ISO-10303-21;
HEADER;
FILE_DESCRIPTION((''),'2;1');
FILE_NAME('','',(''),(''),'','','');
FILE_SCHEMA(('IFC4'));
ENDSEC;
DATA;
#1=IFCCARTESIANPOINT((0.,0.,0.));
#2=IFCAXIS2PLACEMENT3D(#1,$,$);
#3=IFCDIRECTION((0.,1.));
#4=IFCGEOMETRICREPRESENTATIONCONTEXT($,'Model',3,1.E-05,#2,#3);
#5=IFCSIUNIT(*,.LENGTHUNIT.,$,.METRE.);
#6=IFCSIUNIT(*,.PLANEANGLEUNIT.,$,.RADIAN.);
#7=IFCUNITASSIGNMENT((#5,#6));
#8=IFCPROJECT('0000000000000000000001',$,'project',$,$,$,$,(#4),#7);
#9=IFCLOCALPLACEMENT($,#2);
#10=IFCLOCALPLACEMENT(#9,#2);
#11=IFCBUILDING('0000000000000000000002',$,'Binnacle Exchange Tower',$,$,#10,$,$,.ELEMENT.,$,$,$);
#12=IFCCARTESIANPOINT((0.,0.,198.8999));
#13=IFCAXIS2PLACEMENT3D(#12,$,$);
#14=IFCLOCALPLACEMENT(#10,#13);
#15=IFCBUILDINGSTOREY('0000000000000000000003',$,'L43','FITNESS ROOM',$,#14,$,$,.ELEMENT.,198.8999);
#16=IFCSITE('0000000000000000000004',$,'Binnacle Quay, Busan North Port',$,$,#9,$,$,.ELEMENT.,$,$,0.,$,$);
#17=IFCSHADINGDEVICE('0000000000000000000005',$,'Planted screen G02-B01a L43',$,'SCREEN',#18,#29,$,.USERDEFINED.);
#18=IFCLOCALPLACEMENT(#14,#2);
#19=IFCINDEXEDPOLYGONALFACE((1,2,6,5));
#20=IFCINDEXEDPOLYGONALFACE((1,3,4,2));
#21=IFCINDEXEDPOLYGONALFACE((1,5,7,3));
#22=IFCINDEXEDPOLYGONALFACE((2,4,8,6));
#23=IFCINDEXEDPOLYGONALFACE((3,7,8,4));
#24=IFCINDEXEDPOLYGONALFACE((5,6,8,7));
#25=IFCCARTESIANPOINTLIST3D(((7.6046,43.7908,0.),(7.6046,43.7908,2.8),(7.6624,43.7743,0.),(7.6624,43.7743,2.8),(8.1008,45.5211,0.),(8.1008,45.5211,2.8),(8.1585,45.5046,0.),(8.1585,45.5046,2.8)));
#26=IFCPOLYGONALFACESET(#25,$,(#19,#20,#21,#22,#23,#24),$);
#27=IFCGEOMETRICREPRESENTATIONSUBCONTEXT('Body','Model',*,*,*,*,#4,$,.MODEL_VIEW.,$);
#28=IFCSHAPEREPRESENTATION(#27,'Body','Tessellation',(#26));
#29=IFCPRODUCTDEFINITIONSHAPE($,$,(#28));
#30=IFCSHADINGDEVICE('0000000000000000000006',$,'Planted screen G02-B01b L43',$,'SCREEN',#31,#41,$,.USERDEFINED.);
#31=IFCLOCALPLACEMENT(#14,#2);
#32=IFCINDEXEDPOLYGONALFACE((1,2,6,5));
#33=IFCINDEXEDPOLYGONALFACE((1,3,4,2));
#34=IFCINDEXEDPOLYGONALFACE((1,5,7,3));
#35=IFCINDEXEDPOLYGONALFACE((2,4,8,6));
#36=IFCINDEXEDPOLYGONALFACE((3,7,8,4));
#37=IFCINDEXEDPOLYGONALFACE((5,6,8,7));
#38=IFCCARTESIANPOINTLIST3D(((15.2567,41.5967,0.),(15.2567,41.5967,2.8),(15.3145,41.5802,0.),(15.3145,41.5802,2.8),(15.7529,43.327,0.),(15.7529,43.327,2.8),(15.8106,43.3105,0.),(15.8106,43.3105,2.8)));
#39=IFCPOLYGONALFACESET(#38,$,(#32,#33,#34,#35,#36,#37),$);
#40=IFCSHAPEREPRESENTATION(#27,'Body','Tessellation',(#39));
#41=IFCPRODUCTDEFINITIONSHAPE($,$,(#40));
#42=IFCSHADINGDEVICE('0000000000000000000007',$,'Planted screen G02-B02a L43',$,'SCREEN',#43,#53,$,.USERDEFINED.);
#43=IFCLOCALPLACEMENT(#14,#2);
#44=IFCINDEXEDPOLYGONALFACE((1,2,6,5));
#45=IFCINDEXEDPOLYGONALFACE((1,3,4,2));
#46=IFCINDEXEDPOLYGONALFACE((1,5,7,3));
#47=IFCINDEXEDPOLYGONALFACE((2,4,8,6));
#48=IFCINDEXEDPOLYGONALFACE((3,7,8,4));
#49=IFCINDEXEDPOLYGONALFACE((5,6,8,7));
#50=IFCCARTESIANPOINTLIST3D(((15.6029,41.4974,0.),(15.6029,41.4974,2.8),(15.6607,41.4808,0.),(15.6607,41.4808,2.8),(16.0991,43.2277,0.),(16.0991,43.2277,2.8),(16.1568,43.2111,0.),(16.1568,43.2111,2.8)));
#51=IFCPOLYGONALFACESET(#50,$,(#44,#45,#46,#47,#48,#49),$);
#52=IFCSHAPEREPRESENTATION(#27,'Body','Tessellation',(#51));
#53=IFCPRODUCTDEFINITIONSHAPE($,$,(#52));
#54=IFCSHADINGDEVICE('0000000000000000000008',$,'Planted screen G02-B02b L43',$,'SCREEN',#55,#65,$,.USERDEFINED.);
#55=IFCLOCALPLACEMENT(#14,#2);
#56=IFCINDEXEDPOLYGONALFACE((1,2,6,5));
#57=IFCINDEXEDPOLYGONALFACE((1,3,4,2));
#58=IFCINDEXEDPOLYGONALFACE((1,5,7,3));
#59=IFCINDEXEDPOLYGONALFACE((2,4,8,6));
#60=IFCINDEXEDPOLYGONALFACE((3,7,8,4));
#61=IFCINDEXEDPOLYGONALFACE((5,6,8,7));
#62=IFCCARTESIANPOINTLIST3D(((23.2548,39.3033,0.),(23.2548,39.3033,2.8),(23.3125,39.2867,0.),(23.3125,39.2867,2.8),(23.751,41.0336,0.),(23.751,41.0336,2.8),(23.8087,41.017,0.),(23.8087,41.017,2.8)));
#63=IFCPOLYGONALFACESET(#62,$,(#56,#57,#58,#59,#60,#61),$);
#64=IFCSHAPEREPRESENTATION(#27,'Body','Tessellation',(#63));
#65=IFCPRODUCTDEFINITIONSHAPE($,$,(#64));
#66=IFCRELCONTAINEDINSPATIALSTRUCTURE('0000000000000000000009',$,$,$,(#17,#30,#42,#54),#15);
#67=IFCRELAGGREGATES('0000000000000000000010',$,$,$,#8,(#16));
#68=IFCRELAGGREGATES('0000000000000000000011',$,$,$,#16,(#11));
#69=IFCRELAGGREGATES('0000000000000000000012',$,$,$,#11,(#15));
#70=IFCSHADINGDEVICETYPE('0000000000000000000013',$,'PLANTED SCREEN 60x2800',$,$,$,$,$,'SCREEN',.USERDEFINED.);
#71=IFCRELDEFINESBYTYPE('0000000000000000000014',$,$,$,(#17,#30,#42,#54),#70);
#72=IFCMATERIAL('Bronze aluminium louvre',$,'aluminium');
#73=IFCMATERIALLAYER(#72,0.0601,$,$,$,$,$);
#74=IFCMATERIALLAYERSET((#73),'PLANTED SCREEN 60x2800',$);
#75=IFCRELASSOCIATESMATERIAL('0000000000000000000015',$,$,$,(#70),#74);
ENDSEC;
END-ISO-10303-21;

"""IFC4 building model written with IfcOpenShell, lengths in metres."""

from ifc_helpers import new_model, si_unit, direction, frame, origin, origin_2d, place, context, subcontext, project, spatial, rectangle, extrude, material, layer, layer_set, type_object, element, save


model = new_model("IFC4")

# Units and contexts
model_context = context("Model", 3, precision=1e-05, world=origin(), true_north=direction((0.0, 1.0)))
body_context = subcontext(model_context, "Body", "Model", "MODEL_VIEW")
ifc_project = project(units=[si_unit("LENGTHUNIT", "METRE"), si_unit("PLANEANGLEUNIT", "RADIAN")], contexts=[model_context])

# Site, building, storey
site_placement = place(None, origin())
site = spatial("IfcSite", under=ifc_project, at=site_placement, Name="Binnacle Quay, Busan North Port", CompositionType="ELEMENT", RefElevation=0.0)
building_placement = place(site_placement, origin())
building = spatial("IfcBuilding", under=site, at=building_placement, Name="Binnacle Exchange Tower", CompositionType="ELEMENT")
storey_placement = place(building_placement, frame((0.0, 0.0, 198.8999)))
storey = spatial("IfcBuildingStorey", under=building, at=storey_placement, Name="L43", Description="FITNESS ROOM", CompositionType="ELEMENT", Elevation=198.8999)

# Shading devices
ifc_material_1 = material(Name="Bronze aluminium louvre", Category="aluminium")
ifc_layer_1 = layer(ifc_material_1, 0.0601)
ifc_layer_set_1 = layer_set([ifc_layer_1], Name="PLANTED SCREEN 60x2800")
shading_device_type = type_object("IfcShadingDeviceType", Name="PLANTED SCREEN 60x2800", ElementType="SCREEN", PredefinedType="USERDEFINED", material=ifc_layer_set_1)
for number, where, z_axis, x_axis, name in (
    (1, (7.8816, 44.6477, 0.0), (0.0, 0.0, 1.0), (0.961262, -0.275637, 0.0), "Planted screen G02-B01a L43"),
    (2, (15.5337, 42.4536, 0.0), (0.0, 0.0, 1.0), (0.961262, -0.275637, 0.0), "Planted screen G02-B01b L43"),
    (3, (15.8799, 42.3542, 0.0), (0.0, 0.0, 1.0), (0.961262, -0.275637, 0.0), "Planted screen G02-B02a L43"),
    (4, (23.5317, 40.1602, 0.0), (0.0, 0.0, 1.0), (0.961262, -0.275637, 0.0), "Planted screen G02-B02b L43"),
):
    element("IfcShadingDevice", number, at=place(storey_placement, frame(where, z_axis=z_axis, x_axis=x_axis)), inside=storey, type_object=shading_device_type, Name=name, ObjectType="SCREEN", PredefinedType="USERDEFINED", context=body_context, shape_type="SweptSolid", body=[
        extrude(rectangle(XDim=0.0601, YDim=1.8, at=origin_2d()), origin(), (0.0, 0.0, 1.0), 2.8),
    ])

save(model, "model.ifc")
